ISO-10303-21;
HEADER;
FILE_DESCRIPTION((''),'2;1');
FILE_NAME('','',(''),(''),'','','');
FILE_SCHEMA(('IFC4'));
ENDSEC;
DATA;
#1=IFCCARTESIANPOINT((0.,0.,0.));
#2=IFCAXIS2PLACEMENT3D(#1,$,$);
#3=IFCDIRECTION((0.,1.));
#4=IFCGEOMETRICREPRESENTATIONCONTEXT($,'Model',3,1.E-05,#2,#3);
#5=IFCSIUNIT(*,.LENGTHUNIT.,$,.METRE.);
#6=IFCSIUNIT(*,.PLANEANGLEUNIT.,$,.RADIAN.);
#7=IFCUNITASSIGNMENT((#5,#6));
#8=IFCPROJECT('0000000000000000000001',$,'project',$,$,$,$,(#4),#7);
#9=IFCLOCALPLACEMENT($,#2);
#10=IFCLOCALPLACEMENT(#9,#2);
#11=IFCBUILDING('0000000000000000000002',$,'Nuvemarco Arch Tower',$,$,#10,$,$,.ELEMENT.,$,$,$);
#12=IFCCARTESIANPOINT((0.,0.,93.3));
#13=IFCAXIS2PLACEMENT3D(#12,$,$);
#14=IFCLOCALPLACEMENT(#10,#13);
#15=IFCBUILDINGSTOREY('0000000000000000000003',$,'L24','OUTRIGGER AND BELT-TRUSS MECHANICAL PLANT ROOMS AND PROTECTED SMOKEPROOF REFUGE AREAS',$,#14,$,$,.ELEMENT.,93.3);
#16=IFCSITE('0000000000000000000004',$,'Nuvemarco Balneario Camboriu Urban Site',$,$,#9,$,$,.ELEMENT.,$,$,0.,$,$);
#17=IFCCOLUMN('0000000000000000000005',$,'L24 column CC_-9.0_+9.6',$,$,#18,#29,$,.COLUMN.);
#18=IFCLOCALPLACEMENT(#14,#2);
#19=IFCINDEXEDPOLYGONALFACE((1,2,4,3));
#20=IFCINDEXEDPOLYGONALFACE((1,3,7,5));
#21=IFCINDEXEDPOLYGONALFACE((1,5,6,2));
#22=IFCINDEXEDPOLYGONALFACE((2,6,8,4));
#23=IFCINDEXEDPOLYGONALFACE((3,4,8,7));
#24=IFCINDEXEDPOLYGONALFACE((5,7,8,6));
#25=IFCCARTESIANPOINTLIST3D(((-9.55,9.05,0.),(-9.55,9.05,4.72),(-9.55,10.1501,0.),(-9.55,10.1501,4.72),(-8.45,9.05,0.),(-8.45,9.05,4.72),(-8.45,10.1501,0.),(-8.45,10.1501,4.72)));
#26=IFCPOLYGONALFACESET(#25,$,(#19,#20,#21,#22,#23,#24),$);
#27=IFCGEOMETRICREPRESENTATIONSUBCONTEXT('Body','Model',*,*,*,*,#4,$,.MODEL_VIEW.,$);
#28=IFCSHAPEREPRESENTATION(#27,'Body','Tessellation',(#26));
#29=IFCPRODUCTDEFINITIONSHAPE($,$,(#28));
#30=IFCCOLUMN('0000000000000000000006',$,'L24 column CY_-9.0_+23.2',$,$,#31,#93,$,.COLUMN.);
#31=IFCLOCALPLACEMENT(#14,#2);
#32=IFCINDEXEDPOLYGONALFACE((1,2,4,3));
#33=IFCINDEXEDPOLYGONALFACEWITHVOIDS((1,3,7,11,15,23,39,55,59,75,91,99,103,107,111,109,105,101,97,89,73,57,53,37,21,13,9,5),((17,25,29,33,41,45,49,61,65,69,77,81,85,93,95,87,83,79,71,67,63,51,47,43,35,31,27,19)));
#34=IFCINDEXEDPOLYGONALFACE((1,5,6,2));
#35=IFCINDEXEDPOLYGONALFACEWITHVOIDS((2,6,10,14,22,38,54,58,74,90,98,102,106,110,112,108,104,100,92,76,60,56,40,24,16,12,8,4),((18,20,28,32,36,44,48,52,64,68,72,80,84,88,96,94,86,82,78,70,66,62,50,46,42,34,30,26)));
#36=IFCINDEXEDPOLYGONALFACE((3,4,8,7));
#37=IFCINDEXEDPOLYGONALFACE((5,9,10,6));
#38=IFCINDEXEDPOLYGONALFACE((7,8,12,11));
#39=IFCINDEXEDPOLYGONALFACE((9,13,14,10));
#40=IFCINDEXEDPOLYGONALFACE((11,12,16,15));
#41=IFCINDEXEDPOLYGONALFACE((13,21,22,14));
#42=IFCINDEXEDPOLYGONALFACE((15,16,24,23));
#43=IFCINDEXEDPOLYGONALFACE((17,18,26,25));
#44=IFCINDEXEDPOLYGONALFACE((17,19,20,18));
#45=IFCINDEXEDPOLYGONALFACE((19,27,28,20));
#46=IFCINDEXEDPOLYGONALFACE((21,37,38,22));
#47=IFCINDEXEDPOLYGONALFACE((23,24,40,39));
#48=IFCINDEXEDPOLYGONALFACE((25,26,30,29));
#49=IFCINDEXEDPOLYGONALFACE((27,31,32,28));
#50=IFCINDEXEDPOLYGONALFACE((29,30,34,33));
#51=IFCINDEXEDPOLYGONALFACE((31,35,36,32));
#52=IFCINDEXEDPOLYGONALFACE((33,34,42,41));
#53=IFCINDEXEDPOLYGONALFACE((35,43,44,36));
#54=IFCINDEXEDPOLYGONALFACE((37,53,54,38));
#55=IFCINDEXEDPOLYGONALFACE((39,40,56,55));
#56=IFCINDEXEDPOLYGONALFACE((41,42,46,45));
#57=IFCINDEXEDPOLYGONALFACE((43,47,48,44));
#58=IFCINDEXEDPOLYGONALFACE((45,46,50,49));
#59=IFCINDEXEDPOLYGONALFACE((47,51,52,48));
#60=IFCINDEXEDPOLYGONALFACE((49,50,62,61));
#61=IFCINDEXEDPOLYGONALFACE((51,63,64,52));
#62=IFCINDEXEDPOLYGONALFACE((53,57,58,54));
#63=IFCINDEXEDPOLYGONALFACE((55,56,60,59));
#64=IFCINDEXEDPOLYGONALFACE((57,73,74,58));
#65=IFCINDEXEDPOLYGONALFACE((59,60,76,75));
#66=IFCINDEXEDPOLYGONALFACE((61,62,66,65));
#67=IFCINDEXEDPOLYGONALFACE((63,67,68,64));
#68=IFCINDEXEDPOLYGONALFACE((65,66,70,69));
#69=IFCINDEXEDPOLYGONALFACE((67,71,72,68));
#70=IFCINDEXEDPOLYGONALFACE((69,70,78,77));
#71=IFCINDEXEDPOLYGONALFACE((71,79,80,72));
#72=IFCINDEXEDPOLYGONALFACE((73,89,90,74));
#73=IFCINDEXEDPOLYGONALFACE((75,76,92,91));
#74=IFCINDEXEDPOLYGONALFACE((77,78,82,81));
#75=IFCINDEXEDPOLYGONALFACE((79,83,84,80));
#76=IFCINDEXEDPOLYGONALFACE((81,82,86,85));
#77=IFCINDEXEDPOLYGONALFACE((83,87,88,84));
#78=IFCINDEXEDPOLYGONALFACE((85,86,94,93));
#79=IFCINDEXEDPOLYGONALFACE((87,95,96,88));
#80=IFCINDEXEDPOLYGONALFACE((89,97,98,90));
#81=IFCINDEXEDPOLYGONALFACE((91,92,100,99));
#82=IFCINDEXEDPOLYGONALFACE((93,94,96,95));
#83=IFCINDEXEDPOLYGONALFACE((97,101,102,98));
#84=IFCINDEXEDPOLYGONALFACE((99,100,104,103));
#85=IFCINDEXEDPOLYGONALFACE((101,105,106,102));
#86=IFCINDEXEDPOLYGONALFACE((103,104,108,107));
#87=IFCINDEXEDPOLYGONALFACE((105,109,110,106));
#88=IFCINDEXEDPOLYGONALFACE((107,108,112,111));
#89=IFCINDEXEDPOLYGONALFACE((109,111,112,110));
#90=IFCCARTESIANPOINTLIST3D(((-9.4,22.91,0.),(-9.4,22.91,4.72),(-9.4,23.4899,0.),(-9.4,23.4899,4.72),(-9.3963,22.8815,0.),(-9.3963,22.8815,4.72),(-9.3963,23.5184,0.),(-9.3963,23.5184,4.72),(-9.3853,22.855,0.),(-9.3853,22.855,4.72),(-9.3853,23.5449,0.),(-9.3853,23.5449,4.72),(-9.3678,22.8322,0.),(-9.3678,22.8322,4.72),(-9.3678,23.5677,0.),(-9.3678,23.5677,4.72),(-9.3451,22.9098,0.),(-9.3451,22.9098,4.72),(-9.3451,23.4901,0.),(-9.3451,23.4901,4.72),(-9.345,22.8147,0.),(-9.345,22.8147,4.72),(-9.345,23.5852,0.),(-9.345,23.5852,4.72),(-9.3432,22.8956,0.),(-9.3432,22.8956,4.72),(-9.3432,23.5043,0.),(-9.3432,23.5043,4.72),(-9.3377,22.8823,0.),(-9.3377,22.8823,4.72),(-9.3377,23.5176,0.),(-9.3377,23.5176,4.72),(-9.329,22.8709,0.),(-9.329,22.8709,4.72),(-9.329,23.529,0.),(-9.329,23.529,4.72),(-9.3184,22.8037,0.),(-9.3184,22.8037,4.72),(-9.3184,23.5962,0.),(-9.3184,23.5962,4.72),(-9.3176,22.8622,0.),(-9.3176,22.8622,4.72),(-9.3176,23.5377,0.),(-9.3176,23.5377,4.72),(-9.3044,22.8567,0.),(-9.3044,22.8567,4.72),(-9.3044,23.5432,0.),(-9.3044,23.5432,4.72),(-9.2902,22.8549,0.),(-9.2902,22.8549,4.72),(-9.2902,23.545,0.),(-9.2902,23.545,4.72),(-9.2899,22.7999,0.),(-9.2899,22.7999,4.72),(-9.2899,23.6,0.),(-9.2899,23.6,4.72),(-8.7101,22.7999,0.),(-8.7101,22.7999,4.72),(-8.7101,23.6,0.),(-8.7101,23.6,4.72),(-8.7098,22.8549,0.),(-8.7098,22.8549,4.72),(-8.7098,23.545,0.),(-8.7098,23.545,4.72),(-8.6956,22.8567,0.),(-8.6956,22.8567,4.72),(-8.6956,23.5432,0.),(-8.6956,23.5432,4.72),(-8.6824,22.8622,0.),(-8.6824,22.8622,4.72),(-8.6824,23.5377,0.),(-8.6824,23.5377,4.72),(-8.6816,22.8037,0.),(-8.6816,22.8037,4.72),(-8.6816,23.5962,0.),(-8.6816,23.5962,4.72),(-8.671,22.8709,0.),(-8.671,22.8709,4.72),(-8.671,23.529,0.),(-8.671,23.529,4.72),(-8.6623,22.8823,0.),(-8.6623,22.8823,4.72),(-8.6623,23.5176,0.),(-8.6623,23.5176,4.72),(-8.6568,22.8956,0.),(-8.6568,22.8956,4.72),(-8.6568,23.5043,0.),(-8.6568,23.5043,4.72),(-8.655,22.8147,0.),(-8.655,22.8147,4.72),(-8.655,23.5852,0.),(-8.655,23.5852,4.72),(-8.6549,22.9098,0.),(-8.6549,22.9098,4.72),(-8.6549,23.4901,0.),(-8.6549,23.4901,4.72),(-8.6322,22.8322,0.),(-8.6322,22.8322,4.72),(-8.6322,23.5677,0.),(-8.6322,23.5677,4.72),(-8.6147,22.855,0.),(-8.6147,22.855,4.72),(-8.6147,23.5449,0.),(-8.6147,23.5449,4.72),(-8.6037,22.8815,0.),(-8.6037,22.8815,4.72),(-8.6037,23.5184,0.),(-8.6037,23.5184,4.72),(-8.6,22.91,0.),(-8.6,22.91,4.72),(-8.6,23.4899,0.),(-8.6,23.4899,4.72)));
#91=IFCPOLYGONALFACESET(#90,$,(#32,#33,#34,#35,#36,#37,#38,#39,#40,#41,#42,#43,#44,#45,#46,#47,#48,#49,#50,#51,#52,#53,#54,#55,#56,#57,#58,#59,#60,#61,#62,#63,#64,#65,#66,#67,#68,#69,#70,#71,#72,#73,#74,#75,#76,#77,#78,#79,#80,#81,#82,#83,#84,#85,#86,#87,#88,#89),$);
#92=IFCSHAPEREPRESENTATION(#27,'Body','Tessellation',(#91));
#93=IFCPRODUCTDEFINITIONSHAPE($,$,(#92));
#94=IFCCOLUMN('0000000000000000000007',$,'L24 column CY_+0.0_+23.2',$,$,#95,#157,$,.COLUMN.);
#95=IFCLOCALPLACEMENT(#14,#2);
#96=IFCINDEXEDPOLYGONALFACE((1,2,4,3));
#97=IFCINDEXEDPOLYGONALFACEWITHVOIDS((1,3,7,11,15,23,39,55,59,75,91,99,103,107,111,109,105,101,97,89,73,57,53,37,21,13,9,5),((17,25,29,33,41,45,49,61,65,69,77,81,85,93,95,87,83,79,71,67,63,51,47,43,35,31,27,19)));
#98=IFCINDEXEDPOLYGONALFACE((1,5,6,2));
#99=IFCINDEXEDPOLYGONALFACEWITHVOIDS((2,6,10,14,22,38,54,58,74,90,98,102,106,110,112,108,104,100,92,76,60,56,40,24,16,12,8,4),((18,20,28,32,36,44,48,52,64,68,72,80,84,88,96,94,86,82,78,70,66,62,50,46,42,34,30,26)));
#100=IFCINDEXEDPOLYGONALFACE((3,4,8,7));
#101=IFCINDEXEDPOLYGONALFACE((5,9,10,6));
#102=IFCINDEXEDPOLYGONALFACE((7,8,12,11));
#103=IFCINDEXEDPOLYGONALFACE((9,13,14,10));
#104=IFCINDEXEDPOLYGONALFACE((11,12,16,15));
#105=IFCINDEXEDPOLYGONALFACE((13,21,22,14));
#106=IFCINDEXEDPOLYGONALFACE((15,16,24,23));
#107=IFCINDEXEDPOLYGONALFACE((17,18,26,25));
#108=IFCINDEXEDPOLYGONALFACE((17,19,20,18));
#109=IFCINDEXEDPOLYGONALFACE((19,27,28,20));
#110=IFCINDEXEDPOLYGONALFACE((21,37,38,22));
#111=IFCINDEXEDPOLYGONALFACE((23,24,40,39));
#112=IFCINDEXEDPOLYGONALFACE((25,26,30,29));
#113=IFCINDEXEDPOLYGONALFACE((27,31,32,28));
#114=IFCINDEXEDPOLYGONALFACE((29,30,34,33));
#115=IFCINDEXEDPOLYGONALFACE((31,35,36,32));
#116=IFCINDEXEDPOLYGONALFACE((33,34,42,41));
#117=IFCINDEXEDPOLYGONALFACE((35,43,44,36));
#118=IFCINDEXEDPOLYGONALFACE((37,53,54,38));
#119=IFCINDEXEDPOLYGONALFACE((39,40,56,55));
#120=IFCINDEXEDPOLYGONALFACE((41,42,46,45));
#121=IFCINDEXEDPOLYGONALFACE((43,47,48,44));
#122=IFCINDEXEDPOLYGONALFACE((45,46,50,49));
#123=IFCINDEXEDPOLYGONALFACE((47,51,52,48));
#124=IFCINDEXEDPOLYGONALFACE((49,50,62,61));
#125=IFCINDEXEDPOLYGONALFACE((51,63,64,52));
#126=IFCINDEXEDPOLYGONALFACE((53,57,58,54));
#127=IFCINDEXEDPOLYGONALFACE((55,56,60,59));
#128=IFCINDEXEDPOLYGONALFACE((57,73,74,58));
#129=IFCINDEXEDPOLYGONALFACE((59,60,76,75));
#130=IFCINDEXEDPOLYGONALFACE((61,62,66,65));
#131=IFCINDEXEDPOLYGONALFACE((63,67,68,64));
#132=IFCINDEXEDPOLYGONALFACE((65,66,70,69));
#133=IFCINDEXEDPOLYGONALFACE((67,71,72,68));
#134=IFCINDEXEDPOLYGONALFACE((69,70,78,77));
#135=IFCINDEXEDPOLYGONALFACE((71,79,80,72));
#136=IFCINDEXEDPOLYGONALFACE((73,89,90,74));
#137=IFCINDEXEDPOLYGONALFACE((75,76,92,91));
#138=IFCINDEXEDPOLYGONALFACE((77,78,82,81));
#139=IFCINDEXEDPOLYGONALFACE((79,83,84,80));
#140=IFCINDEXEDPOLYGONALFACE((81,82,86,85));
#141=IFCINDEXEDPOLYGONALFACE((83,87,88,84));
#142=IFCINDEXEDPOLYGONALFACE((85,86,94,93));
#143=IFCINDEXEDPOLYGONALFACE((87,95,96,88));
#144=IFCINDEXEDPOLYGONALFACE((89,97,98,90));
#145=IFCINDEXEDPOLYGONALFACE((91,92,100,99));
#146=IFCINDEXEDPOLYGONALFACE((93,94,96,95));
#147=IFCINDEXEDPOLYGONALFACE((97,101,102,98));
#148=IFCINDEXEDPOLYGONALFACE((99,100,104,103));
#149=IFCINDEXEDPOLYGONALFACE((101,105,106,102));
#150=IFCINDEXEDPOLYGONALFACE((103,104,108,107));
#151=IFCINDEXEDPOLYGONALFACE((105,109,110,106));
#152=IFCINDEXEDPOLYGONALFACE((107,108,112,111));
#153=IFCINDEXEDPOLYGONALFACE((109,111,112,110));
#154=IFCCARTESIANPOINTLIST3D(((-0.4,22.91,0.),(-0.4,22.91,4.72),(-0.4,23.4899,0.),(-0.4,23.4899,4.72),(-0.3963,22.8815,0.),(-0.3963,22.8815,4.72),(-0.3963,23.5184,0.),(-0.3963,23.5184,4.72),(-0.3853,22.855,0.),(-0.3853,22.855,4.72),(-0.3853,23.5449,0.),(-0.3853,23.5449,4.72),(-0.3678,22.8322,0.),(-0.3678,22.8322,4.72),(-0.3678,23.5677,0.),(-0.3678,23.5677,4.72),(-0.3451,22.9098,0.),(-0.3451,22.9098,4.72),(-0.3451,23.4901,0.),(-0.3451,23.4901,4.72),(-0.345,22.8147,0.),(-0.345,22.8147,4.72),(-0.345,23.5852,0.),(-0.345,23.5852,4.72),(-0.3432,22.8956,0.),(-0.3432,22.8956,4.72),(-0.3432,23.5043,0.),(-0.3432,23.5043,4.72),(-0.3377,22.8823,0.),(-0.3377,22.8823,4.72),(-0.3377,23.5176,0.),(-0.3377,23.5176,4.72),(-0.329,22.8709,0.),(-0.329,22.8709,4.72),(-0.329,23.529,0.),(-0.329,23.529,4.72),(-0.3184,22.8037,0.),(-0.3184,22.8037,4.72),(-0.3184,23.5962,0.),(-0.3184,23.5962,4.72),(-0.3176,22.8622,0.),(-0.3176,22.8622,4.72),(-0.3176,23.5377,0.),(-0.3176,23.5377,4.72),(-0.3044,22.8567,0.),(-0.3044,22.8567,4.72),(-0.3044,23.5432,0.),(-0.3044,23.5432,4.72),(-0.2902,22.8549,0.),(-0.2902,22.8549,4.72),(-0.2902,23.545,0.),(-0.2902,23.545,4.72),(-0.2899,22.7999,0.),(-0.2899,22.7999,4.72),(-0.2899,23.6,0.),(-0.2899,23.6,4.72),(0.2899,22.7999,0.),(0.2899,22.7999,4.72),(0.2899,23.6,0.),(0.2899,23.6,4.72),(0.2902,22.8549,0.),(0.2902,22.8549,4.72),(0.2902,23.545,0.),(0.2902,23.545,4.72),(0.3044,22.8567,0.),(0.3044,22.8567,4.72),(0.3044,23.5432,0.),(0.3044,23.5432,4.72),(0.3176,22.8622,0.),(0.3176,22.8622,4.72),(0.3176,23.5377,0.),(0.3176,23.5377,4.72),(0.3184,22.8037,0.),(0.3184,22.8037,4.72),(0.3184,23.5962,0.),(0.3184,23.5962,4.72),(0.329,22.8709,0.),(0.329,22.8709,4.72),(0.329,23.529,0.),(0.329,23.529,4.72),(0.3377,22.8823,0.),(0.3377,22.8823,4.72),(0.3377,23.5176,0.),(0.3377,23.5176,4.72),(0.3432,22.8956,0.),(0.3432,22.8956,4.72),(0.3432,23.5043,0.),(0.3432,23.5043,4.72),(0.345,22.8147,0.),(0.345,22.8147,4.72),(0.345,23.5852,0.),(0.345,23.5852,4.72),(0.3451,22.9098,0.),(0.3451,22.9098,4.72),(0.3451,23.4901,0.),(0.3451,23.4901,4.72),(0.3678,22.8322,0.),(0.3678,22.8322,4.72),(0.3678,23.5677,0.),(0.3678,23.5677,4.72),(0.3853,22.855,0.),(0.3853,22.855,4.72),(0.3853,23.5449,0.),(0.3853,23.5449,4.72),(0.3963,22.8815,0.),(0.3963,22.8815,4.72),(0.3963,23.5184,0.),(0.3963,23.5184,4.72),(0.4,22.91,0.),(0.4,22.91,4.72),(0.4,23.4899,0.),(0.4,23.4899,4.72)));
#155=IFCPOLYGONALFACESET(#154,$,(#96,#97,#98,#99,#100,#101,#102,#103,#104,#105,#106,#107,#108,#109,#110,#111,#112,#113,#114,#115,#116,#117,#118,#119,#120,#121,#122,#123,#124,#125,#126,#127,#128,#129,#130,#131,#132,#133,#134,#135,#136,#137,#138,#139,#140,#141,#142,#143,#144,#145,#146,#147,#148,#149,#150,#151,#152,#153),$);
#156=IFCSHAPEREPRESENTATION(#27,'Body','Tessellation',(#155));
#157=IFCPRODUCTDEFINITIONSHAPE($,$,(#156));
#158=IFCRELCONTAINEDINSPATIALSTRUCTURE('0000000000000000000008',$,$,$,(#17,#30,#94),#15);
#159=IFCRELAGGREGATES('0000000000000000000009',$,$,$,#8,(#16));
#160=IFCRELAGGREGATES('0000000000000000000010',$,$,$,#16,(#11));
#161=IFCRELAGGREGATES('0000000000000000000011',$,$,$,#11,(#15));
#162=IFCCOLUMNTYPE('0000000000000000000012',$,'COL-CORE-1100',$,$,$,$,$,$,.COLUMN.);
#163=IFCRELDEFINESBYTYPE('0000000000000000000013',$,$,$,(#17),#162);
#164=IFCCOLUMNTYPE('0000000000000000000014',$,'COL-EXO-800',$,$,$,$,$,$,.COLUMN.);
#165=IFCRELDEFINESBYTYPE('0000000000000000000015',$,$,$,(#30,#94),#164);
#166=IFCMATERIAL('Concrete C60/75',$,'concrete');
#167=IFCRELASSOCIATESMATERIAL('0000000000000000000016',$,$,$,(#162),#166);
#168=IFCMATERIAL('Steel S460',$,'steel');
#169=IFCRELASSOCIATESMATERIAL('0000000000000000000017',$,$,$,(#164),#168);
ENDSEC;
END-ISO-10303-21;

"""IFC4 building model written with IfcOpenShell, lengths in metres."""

from ifc_helpers import new_model, si_unit, direction, frame, origin, origin_2d, place, context, subcontext, project, spatial, rectangle, hollow_rectangle, extrude, material, material_profile, profile_set, type_object, element, save


model = new_model("IFC4")

# Units and contexts
model_context = context("Model", 3, precision=1e-05, world=origin(), true_north=direction((0.0, 1.0)))
body_context = subcontext(model_context, "Body", "Model", "MODEL_VIEW")
ifc_project = project(units=[si_unit("LENGTHUNIT", "METRE"), si_unit("PLANEANGLEUNIT", "RADIAN")], contexts=[model_context])

# Site, building, storey
site_placement = place(None, origin())
site = spatial("IfcSite", under=ifc_project, at=site_placement, Name="Nuvemarco Balneario Camboriu Urban Site", CompositionType="ELEMENT", RefElevation=0.0)
building_placement = place(site_placement, origin())
building = spatial("IfcBuilding", under=site, at=building_placement, Name="Nuvemarco Arch Tower", CompositionType="ELEMENT")
storey_placement = place(building_placement, frame((0.0, 0.0, 93.3)))
storey = spatial("IfcBuildingStorey", under=building, at=storey_placement, Name="L24", Description="OUTRIGGER AND BELT-TRUSS MECHANICAL PLANT ROOMS AND PROTECTED SMOKEPROOF REFUGE AREAS", CompositionType="ELEMENT", Elevation=93.3)

# Columns
ifc_material_1 = material(Name="Concrete C60/75", Category="concrete")
ifc_material_profile_1 = material_profile(ifc_material_1, rectangle(XDim=1.1001, YDim=1.1001, at=origin_2d()), Name="RC-COL-1100x1100")
ifc_profile_set_1 = profile_set([ifc_material_profile_1], Name="Concrete C60/75")
column_type_1 = type_object("IfcColumnType", Name="COL-CORE-1100", PredefinedType="COLUMN", material=ifc_profile_set_1)
column_1_placement = place(storey_placement, frame((-9.0, 9.6001, 0.0), z_axis=(0.0, 0.0, 1.0), x_axis=(1.0, 0.0, 0.0)))
element("IfcColumn", 1, at=column_1_placement, inside=storey, type_object=column_type_1, Name="L24 column CC_-9.0_+9.6", PredefinedType="COLUMN", context=body_context, shape_type="SweptSolid", body=[
    extrude(rectangle(XDim=1.1001, YDim=1.1001, at=origin_2d()), origin(), (0.0, 0.0, 1.0), 4.72),
])
ifc_material_2 = material(Name="Steel S460", Category="steel")
ifc_material_profile_2 = material_profile(ifc_material_2, hollow_rectangle(XDim=0.8, YDim=0.8, WallThickness=0.0549, InnerFilletRadius=0.0549, OuterFilletRadius=0.1101, at=origin_2d()), Name="SHS800x800x55")
ifc_profile_set_2 = profile_set([ifc_material_profile_2], Name="Steel S460")
column_type_2 = type_object("IfcColumnType", Name="COL-EXO-800", PredefinedType="COLUMN", material=ifc_profile_set_2)
for number, where, z_axis, x_axis, name in (
    (2, (-9.0, 23.2, 0.0), (0.0, 0.0, 1.0), (1.0, 0.0, 0.0), "L24 column CY_-9.0_+23.2"),
    (3, (0.0, 23.2, 0.0), (0.0, 0.0, 1.0), (1.0, 0.0, 0.0), "L24 column CY_+0.0_+23.2"),
):
    element("IfcColumn", number, at=place(storey_placement, frame(where, z_axis=z_axis, x_axis=x_axis)), inside=storey, type_object=column_type_2, Name=name, PredefinedType="COLUMN", context=body_context, shape_type="SweptSolid", body=[
        extrude(hollow_rectangle(XDim=0.8, YDim=0.8, WallThickness=0.0549, InnerFilletRadius=0.0549, OuterFilletRadius=0.1101, at=origin_2d()), origin(), (0.0, 0.0, 1.0), 4.72),
    ])

save(model, "model.ifc")
